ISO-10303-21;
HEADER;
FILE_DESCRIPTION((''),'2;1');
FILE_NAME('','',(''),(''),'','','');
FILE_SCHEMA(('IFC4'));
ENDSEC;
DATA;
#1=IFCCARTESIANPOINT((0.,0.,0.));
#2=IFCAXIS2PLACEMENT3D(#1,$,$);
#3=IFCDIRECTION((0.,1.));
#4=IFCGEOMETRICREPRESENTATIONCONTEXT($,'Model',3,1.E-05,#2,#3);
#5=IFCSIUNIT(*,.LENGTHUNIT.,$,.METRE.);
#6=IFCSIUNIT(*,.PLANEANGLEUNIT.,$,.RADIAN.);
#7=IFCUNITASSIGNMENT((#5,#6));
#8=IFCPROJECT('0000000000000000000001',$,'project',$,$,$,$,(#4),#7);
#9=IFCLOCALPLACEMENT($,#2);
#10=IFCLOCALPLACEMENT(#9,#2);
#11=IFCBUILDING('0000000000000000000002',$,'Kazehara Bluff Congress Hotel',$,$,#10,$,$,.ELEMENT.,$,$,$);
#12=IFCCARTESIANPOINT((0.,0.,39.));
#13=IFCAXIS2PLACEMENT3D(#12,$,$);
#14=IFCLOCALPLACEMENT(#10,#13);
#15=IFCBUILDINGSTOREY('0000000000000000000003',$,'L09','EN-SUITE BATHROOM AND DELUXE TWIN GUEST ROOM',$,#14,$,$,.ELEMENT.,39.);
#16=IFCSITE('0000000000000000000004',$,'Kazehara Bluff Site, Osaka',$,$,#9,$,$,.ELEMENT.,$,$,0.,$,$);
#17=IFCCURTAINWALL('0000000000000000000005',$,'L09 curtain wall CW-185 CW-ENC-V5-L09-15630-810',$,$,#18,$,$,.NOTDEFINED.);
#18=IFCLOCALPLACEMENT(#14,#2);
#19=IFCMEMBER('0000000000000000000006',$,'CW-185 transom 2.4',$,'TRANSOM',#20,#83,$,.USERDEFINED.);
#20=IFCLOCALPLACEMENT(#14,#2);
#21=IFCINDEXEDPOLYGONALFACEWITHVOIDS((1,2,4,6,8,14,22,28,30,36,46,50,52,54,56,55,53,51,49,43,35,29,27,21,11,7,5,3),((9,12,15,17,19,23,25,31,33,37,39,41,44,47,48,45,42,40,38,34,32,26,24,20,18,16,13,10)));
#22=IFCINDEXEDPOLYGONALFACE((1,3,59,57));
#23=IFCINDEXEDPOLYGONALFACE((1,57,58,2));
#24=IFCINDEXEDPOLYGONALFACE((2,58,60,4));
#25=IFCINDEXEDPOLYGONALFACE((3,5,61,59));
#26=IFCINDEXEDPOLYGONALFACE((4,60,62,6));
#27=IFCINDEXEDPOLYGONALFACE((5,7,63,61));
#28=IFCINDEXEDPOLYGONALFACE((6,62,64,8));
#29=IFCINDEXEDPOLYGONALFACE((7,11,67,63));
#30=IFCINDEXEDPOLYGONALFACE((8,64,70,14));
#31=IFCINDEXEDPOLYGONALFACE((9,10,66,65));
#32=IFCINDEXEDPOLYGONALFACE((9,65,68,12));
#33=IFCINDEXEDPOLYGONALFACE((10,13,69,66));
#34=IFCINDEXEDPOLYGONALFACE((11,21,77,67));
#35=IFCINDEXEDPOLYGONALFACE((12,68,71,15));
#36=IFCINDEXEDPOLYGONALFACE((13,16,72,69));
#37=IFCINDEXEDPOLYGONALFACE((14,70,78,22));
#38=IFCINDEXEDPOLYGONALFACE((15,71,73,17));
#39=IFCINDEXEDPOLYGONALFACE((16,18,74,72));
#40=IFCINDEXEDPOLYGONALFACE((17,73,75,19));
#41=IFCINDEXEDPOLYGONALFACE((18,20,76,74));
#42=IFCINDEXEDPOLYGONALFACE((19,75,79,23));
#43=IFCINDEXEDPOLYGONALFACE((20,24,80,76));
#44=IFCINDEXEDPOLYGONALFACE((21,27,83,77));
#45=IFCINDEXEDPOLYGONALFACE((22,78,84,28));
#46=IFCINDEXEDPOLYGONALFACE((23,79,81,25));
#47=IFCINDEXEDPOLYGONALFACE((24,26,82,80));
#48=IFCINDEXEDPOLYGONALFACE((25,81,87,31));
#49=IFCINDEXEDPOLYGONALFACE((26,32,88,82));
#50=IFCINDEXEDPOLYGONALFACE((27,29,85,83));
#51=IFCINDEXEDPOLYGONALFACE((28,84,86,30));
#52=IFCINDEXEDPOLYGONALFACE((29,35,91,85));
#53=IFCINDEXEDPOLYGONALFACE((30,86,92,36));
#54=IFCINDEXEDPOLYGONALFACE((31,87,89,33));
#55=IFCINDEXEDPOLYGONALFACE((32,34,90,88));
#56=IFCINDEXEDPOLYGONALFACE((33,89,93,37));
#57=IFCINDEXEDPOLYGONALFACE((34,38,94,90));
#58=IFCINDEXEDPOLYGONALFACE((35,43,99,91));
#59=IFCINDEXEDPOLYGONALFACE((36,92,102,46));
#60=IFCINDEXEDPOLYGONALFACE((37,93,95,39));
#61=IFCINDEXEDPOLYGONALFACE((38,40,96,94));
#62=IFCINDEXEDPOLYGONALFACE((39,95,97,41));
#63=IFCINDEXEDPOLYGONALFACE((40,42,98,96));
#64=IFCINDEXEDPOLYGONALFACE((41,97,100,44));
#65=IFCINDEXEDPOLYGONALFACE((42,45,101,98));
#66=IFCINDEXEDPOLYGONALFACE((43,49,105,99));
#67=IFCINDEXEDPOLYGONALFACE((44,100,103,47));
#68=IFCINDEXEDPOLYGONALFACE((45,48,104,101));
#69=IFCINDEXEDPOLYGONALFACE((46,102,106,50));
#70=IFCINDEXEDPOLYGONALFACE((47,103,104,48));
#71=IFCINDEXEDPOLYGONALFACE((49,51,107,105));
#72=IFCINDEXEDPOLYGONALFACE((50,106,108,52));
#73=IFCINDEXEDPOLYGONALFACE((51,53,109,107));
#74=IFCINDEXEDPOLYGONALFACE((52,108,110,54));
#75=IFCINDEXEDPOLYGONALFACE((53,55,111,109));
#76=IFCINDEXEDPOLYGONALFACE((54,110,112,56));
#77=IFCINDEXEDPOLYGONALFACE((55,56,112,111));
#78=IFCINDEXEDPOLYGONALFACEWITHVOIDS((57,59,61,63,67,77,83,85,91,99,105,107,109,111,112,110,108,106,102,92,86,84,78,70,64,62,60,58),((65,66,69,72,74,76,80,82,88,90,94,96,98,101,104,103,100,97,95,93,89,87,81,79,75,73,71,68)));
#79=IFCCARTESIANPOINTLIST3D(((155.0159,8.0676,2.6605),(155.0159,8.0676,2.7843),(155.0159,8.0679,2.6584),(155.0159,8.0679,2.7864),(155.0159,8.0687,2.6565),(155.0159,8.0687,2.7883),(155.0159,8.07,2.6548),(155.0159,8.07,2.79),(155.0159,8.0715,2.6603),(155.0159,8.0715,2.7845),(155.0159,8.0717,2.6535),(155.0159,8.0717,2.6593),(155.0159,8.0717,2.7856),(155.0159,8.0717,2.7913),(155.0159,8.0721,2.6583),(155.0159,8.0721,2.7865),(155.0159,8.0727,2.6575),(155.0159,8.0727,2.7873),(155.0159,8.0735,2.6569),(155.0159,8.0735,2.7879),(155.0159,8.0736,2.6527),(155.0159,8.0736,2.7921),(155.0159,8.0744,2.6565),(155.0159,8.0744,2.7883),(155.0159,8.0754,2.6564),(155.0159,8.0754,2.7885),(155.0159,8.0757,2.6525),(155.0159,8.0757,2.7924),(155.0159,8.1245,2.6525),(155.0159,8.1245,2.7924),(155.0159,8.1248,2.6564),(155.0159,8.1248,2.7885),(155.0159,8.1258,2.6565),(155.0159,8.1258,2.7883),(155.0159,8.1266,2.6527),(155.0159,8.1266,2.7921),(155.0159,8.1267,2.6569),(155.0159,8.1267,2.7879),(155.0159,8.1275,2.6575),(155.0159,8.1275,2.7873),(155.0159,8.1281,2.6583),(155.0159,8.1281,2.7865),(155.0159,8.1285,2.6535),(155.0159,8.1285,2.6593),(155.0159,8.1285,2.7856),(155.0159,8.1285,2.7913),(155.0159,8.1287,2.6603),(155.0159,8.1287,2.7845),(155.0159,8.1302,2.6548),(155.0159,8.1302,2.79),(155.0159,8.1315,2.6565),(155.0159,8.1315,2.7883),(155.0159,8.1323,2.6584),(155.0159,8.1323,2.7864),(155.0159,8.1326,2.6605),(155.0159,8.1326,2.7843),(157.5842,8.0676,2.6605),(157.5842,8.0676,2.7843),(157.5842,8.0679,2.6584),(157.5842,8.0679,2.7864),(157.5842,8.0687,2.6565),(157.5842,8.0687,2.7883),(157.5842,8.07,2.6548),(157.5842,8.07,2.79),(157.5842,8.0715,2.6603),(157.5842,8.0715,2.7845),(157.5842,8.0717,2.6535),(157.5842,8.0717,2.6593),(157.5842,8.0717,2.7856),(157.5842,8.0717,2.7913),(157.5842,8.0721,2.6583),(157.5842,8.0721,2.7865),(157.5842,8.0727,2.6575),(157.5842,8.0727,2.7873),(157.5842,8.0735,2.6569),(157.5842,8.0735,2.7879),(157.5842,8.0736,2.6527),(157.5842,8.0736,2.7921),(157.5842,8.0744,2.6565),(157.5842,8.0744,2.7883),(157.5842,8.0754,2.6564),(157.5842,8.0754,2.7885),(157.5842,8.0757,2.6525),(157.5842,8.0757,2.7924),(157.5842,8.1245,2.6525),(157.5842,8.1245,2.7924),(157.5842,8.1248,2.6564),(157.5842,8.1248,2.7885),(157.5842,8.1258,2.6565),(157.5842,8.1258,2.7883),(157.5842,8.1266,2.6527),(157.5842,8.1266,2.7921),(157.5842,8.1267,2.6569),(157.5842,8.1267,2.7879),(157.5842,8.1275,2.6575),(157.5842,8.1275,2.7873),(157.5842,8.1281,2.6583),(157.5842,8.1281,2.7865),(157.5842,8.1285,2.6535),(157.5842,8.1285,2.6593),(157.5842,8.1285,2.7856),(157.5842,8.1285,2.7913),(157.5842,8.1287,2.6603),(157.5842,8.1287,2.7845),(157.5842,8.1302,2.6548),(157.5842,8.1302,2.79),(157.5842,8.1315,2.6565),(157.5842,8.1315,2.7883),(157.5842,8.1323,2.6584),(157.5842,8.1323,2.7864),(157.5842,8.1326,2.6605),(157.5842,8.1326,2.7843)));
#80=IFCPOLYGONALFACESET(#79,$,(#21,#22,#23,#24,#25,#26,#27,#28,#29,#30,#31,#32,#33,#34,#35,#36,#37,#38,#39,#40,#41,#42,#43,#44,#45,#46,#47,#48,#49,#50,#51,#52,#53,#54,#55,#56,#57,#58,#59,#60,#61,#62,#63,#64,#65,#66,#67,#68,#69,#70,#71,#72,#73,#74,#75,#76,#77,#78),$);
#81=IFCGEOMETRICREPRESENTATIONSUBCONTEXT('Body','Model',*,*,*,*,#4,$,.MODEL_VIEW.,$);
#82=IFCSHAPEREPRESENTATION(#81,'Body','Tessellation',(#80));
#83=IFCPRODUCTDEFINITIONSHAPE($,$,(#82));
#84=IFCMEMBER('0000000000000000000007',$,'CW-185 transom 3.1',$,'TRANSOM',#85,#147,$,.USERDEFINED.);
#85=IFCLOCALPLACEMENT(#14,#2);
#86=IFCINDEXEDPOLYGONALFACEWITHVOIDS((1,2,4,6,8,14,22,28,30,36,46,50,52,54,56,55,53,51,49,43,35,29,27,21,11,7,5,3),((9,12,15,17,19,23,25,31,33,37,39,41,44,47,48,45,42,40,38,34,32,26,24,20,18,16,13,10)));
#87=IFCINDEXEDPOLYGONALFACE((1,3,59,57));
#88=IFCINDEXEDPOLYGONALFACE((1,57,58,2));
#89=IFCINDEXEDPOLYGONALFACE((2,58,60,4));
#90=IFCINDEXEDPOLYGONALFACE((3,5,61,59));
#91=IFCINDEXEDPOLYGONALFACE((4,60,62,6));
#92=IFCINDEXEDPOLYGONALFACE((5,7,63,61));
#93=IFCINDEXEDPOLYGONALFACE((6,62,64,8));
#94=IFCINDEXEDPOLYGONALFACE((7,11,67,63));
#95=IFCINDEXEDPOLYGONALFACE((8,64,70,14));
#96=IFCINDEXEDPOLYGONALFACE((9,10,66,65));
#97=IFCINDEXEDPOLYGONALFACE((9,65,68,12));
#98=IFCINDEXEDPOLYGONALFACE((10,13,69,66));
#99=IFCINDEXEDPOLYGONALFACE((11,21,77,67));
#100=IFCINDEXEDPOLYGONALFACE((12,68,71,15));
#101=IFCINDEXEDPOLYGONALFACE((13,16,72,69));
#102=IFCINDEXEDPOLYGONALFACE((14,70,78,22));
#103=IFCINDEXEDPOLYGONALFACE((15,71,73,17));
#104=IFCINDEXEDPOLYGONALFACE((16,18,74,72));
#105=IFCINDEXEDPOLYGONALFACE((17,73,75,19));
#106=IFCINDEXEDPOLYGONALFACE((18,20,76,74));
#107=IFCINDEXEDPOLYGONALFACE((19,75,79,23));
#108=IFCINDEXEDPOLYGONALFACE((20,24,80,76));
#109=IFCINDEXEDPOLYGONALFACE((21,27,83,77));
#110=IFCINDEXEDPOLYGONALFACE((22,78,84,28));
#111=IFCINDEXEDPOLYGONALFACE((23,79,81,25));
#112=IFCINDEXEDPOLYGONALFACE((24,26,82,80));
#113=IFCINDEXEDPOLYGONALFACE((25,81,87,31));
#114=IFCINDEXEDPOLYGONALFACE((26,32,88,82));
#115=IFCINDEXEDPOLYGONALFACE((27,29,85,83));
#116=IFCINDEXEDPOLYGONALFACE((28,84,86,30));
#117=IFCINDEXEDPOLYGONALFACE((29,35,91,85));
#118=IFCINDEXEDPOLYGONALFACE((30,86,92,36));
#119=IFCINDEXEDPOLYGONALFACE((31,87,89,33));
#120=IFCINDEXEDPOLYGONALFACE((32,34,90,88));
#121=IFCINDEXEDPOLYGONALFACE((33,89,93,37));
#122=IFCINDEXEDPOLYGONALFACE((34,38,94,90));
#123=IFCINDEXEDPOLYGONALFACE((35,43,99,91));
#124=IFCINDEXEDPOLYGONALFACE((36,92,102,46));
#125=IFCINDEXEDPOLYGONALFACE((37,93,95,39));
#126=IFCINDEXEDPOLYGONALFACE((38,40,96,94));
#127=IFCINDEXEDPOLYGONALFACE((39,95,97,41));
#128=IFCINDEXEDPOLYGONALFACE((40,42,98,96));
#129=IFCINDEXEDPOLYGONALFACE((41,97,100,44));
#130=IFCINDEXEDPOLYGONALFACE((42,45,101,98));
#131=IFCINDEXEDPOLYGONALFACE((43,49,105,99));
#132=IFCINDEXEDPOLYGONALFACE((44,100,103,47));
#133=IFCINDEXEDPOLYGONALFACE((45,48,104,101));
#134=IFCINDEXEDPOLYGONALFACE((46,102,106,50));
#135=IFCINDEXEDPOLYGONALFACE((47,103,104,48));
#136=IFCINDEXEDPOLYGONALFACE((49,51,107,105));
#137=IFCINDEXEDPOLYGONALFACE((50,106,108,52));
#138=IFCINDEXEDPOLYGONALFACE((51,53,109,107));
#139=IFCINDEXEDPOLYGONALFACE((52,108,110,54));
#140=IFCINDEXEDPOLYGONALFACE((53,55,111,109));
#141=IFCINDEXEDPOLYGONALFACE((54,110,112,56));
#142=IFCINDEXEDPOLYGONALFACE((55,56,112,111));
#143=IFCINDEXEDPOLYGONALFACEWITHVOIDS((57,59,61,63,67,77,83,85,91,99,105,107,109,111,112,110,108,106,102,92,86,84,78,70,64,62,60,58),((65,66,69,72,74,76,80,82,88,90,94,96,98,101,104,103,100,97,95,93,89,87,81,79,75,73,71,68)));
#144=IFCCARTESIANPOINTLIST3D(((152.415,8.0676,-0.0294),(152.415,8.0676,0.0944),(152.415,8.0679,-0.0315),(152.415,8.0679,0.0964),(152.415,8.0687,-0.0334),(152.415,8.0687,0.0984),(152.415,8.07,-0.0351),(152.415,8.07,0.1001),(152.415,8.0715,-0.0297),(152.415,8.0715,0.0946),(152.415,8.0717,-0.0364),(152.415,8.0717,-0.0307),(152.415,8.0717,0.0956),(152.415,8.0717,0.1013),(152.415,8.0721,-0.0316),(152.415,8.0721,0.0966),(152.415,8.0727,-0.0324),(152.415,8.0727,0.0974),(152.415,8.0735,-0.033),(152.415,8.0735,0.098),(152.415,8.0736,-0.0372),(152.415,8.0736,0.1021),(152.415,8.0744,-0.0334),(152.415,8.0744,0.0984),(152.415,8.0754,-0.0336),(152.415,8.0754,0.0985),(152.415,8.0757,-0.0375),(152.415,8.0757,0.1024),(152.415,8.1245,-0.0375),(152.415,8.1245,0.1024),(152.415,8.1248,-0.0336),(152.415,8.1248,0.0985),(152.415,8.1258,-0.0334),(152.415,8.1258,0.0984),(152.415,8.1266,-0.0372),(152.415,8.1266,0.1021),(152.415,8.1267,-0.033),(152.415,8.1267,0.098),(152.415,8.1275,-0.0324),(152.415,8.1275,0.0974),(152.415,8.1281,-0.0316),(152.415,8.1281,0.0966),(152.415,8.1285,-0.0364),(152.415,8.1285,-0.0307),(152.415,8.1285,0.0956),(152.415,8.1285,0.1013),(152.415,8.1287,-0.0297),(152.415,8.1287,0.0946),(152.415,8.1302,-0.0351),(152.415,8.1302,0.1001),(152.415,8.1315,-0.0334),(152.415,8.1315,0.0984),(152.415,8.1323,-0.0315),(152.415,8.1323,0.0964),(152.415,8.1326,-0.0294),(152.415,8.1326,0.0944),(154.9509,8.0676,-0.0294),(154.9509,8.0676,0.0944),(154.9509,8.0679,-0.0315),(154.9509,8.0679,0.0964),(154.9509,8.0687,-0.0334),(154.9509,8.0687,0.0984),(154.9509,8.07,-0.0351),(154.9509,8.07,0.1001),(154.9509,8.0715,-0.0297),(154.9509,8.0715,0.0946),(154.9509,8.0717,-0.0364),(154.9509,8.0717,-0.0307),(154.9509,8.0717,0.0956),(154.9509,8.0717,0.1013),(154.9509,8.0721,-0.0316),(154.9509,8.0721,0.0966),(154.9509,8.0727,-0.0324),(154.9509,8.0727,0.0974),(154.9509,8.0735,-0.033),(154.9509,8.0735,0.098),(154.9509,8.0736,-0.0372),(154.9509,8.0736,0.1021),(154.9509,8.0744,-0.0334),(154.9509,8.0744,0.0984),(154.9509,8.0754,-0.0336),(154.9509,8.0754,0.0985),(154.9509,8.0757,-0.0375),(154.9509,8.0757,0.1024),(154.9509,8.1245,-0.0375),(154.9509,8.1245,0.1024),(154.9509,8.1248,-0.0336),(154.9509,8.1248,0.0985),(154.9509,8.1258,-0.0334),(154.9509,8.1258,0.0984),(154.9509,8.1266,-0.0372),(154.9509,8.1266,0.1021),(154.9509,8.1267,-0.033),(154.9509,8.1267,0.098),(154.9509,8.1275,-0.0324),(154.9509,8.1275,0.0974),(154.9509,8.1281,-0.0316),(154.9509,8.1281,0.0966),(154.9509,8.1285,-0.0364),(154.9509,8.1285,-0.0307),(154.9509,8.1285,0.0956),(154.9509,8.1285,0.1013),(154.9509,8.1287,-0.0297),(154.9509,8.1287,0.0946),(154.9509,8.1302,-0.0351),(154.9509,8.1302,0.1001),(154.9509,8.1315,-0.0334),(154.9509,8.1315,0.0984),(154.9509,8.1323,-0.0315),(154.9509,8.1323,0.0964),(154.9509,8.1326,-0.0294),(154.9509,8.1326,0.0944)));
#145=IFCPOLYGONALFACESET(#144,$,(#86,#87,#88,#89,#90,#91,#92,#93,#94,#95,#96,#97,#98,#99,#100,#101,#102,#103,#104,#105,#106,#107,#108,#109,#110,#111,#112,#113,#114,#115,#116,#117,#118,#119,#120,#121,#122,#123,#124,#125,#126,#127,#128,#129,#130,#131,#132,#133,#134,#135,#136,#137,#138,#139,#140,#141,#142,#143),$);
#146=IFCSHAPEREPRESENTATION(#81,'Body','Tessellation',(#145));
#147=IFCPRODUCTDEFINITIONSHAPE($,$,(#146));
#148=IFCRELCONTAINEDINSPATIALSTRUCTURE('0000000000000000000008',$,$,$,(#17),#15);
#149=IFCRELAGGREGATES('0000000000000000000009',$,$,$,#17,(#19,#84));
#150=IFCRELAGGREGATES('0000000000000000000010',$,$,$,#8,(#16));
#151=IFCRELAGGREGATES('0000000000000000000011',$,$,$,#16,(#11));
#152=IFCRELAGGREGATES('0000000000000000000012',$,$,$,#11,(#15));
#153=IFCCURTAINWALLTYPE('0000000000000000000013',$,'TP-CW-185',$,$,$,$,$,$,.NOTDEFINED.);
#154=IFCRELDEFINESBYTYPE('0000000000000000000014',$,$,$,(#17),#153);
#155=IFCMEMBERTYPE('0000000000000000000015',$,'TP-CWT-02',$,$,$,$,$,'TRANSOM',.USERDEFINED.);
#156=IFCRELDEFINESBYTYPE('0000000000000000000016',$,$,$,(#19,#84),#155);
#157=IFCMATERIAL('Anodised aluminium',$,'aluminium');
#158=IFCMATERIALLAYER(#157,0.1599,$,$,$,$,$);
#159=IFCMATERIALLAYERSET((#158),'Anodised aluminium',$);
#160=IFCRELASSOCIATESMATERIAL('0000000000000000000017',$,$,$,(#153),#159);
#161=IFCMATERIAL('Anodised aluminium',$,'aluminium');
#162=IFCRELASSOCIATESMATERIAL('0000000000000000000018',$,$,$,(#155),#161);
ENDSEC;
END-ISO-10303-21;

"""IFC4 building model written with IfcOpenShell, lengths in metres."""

from ifc_helpers import new_model, si_unit, direction, frame, origin, origin_2d, place, context, subcontext, project, spatial, hollow_rectangle, extrude, material, layer, layer_set, material_profile, profile_set, type_object, element, aggregate, save


model = new_model("IFC4")

# Units and contexts
model_context = context("Model", 3, precision=1e-05, world=origin(), true_north=direction((0.0, 1.0)))
body_context = subcontext(model_context, "Body", "Model", "MODEL_VIEW")
ifc_project = project(units=[si_unit("LENGTHUNIT", "METRE"), si_unit("PLANEANGLEUNIT", "RADIAN")], contexts=[model_context])

# Site, building, storey
site_placement = place(None, origin())
site = spatial("IfcSite", under=ifc_project, at=site_placement, Name="Kazehara Bluff Site, Osaka", CompositionType="ELEMENT", RefElevation=0.0)
building_placement = place(site_placement, origin())
building = spatial("IfcBuilding", under=site, at=building_placement, Name="Kazehara Bluff Congress Hotel", CompositionType="ELEMENT")
storey_placement = place(building_placement, frame((0.0, 0.0, 39.0)))
storey = spatial("IfcBuildingStorey", under=building, at=storey_placement, Name="L09", Description="EN-SUITE BATHROOM AND DELUXE TWIN GUEST ROOM", CompositionType="ELEMENT", Elevation=39.0)

# Curtain wall, members
ifc_material_1 = material(Name="Anodised aluminium", Category="aluminium")
ifc_layer_1 = layer(ifc_material_1, 0.1599)
ifc_layer_set_1 = layer_set([ifc_layer_1], Name="Anodised aluminium")
curtain_wall_type = type_object("IfcCurtainWallType", Name="TP-CW-185", PredefinedType="NOTDEFINED", material=ifc_layer_set_1)
curtain_wall_placement = place(storey_placement, origin())
curtain_wall = element("IfcCurtainWall", 1, at=curtain_wall_placement, inside=storey, type_object=curtain_wall_type, Name="L09 curtain wall CW-185 CW-ENC-V5-L09-15630-810", PredefinedType="NOTDEFINED")
ifc_material_2 = material(Name="Anodised aluminium", Category="aluminium")
ifc_material_profile_1 = material_profile(ifc_material_2, hollow_rectangle(XDim=0.0649, YDim=0.1399, WallThickness=0.0039, InnerFilletRadius=0.0039, OuterFilletRadius=0.0081, at=origin_2d()))
ifc_profile_set_1 = profile_set([ifc_material_profile_1], Name="Anodised aluminium")
member_type_1 = type_object("IfcMemberType", Name="TP-CWT-02", ElementType="TRANSOM", PredefinedType="USERDEFINED", material=ifc_profile_set_1)
member_1_placement = place(storey_placement, frame((157.5842, 8.1001, 2.7224), z_axis=(-1.0, 0.0, 0.0), x_axis=(0.0, -1.0, 0.0)))
member_1 = element("IfcMember", 2, at=member_1_placement, type_object=member_type_1, Name="CW-185 transom 2.4", ObjectType="TRANSOM", PredefinedType="USERDEFINED", context=body_context, shape_type="SweptSolid", body=[
    extrude(hollow_rectangle(XDim=0.0649, YDim=0.1399, WallThickness=0.0039, InnerFilletRadius=0.0039, OuterFilletRadius=0.0081, at=origin_2d()), origin(), (0.0, 0.0, 1.0), 2.5684),
])
member_2_placement = place(storey_placement, frame((154.9509, 8.1001, 0.0325), z_axis=(-1.0, 0.0, 0.0), x_axis=(0.0, -1.0, 0.0)))
member_2 = element("IfcMember", 3, at=member_2_placement, type_object=member_type_1, Name="CW-185 transom 3.1", ObjectType="TRANSOM", PredefinedType="USERDEFINED", context=body_context, shape_type="SweptSolid", body=[
    extrude(hollow_rectangle(XDim=0.0649, YDim=0.1399, WallThickness=0.0039, InnerFilletRadius=0.0039, OuterFilletRadius=0.0081, at=origin_2d()), origin(), (0.0, 0.0, 1.0), 2.5359),
])
aggregate(curtain_wall, [member_1, member_2])

save(model, "model.ifc")
